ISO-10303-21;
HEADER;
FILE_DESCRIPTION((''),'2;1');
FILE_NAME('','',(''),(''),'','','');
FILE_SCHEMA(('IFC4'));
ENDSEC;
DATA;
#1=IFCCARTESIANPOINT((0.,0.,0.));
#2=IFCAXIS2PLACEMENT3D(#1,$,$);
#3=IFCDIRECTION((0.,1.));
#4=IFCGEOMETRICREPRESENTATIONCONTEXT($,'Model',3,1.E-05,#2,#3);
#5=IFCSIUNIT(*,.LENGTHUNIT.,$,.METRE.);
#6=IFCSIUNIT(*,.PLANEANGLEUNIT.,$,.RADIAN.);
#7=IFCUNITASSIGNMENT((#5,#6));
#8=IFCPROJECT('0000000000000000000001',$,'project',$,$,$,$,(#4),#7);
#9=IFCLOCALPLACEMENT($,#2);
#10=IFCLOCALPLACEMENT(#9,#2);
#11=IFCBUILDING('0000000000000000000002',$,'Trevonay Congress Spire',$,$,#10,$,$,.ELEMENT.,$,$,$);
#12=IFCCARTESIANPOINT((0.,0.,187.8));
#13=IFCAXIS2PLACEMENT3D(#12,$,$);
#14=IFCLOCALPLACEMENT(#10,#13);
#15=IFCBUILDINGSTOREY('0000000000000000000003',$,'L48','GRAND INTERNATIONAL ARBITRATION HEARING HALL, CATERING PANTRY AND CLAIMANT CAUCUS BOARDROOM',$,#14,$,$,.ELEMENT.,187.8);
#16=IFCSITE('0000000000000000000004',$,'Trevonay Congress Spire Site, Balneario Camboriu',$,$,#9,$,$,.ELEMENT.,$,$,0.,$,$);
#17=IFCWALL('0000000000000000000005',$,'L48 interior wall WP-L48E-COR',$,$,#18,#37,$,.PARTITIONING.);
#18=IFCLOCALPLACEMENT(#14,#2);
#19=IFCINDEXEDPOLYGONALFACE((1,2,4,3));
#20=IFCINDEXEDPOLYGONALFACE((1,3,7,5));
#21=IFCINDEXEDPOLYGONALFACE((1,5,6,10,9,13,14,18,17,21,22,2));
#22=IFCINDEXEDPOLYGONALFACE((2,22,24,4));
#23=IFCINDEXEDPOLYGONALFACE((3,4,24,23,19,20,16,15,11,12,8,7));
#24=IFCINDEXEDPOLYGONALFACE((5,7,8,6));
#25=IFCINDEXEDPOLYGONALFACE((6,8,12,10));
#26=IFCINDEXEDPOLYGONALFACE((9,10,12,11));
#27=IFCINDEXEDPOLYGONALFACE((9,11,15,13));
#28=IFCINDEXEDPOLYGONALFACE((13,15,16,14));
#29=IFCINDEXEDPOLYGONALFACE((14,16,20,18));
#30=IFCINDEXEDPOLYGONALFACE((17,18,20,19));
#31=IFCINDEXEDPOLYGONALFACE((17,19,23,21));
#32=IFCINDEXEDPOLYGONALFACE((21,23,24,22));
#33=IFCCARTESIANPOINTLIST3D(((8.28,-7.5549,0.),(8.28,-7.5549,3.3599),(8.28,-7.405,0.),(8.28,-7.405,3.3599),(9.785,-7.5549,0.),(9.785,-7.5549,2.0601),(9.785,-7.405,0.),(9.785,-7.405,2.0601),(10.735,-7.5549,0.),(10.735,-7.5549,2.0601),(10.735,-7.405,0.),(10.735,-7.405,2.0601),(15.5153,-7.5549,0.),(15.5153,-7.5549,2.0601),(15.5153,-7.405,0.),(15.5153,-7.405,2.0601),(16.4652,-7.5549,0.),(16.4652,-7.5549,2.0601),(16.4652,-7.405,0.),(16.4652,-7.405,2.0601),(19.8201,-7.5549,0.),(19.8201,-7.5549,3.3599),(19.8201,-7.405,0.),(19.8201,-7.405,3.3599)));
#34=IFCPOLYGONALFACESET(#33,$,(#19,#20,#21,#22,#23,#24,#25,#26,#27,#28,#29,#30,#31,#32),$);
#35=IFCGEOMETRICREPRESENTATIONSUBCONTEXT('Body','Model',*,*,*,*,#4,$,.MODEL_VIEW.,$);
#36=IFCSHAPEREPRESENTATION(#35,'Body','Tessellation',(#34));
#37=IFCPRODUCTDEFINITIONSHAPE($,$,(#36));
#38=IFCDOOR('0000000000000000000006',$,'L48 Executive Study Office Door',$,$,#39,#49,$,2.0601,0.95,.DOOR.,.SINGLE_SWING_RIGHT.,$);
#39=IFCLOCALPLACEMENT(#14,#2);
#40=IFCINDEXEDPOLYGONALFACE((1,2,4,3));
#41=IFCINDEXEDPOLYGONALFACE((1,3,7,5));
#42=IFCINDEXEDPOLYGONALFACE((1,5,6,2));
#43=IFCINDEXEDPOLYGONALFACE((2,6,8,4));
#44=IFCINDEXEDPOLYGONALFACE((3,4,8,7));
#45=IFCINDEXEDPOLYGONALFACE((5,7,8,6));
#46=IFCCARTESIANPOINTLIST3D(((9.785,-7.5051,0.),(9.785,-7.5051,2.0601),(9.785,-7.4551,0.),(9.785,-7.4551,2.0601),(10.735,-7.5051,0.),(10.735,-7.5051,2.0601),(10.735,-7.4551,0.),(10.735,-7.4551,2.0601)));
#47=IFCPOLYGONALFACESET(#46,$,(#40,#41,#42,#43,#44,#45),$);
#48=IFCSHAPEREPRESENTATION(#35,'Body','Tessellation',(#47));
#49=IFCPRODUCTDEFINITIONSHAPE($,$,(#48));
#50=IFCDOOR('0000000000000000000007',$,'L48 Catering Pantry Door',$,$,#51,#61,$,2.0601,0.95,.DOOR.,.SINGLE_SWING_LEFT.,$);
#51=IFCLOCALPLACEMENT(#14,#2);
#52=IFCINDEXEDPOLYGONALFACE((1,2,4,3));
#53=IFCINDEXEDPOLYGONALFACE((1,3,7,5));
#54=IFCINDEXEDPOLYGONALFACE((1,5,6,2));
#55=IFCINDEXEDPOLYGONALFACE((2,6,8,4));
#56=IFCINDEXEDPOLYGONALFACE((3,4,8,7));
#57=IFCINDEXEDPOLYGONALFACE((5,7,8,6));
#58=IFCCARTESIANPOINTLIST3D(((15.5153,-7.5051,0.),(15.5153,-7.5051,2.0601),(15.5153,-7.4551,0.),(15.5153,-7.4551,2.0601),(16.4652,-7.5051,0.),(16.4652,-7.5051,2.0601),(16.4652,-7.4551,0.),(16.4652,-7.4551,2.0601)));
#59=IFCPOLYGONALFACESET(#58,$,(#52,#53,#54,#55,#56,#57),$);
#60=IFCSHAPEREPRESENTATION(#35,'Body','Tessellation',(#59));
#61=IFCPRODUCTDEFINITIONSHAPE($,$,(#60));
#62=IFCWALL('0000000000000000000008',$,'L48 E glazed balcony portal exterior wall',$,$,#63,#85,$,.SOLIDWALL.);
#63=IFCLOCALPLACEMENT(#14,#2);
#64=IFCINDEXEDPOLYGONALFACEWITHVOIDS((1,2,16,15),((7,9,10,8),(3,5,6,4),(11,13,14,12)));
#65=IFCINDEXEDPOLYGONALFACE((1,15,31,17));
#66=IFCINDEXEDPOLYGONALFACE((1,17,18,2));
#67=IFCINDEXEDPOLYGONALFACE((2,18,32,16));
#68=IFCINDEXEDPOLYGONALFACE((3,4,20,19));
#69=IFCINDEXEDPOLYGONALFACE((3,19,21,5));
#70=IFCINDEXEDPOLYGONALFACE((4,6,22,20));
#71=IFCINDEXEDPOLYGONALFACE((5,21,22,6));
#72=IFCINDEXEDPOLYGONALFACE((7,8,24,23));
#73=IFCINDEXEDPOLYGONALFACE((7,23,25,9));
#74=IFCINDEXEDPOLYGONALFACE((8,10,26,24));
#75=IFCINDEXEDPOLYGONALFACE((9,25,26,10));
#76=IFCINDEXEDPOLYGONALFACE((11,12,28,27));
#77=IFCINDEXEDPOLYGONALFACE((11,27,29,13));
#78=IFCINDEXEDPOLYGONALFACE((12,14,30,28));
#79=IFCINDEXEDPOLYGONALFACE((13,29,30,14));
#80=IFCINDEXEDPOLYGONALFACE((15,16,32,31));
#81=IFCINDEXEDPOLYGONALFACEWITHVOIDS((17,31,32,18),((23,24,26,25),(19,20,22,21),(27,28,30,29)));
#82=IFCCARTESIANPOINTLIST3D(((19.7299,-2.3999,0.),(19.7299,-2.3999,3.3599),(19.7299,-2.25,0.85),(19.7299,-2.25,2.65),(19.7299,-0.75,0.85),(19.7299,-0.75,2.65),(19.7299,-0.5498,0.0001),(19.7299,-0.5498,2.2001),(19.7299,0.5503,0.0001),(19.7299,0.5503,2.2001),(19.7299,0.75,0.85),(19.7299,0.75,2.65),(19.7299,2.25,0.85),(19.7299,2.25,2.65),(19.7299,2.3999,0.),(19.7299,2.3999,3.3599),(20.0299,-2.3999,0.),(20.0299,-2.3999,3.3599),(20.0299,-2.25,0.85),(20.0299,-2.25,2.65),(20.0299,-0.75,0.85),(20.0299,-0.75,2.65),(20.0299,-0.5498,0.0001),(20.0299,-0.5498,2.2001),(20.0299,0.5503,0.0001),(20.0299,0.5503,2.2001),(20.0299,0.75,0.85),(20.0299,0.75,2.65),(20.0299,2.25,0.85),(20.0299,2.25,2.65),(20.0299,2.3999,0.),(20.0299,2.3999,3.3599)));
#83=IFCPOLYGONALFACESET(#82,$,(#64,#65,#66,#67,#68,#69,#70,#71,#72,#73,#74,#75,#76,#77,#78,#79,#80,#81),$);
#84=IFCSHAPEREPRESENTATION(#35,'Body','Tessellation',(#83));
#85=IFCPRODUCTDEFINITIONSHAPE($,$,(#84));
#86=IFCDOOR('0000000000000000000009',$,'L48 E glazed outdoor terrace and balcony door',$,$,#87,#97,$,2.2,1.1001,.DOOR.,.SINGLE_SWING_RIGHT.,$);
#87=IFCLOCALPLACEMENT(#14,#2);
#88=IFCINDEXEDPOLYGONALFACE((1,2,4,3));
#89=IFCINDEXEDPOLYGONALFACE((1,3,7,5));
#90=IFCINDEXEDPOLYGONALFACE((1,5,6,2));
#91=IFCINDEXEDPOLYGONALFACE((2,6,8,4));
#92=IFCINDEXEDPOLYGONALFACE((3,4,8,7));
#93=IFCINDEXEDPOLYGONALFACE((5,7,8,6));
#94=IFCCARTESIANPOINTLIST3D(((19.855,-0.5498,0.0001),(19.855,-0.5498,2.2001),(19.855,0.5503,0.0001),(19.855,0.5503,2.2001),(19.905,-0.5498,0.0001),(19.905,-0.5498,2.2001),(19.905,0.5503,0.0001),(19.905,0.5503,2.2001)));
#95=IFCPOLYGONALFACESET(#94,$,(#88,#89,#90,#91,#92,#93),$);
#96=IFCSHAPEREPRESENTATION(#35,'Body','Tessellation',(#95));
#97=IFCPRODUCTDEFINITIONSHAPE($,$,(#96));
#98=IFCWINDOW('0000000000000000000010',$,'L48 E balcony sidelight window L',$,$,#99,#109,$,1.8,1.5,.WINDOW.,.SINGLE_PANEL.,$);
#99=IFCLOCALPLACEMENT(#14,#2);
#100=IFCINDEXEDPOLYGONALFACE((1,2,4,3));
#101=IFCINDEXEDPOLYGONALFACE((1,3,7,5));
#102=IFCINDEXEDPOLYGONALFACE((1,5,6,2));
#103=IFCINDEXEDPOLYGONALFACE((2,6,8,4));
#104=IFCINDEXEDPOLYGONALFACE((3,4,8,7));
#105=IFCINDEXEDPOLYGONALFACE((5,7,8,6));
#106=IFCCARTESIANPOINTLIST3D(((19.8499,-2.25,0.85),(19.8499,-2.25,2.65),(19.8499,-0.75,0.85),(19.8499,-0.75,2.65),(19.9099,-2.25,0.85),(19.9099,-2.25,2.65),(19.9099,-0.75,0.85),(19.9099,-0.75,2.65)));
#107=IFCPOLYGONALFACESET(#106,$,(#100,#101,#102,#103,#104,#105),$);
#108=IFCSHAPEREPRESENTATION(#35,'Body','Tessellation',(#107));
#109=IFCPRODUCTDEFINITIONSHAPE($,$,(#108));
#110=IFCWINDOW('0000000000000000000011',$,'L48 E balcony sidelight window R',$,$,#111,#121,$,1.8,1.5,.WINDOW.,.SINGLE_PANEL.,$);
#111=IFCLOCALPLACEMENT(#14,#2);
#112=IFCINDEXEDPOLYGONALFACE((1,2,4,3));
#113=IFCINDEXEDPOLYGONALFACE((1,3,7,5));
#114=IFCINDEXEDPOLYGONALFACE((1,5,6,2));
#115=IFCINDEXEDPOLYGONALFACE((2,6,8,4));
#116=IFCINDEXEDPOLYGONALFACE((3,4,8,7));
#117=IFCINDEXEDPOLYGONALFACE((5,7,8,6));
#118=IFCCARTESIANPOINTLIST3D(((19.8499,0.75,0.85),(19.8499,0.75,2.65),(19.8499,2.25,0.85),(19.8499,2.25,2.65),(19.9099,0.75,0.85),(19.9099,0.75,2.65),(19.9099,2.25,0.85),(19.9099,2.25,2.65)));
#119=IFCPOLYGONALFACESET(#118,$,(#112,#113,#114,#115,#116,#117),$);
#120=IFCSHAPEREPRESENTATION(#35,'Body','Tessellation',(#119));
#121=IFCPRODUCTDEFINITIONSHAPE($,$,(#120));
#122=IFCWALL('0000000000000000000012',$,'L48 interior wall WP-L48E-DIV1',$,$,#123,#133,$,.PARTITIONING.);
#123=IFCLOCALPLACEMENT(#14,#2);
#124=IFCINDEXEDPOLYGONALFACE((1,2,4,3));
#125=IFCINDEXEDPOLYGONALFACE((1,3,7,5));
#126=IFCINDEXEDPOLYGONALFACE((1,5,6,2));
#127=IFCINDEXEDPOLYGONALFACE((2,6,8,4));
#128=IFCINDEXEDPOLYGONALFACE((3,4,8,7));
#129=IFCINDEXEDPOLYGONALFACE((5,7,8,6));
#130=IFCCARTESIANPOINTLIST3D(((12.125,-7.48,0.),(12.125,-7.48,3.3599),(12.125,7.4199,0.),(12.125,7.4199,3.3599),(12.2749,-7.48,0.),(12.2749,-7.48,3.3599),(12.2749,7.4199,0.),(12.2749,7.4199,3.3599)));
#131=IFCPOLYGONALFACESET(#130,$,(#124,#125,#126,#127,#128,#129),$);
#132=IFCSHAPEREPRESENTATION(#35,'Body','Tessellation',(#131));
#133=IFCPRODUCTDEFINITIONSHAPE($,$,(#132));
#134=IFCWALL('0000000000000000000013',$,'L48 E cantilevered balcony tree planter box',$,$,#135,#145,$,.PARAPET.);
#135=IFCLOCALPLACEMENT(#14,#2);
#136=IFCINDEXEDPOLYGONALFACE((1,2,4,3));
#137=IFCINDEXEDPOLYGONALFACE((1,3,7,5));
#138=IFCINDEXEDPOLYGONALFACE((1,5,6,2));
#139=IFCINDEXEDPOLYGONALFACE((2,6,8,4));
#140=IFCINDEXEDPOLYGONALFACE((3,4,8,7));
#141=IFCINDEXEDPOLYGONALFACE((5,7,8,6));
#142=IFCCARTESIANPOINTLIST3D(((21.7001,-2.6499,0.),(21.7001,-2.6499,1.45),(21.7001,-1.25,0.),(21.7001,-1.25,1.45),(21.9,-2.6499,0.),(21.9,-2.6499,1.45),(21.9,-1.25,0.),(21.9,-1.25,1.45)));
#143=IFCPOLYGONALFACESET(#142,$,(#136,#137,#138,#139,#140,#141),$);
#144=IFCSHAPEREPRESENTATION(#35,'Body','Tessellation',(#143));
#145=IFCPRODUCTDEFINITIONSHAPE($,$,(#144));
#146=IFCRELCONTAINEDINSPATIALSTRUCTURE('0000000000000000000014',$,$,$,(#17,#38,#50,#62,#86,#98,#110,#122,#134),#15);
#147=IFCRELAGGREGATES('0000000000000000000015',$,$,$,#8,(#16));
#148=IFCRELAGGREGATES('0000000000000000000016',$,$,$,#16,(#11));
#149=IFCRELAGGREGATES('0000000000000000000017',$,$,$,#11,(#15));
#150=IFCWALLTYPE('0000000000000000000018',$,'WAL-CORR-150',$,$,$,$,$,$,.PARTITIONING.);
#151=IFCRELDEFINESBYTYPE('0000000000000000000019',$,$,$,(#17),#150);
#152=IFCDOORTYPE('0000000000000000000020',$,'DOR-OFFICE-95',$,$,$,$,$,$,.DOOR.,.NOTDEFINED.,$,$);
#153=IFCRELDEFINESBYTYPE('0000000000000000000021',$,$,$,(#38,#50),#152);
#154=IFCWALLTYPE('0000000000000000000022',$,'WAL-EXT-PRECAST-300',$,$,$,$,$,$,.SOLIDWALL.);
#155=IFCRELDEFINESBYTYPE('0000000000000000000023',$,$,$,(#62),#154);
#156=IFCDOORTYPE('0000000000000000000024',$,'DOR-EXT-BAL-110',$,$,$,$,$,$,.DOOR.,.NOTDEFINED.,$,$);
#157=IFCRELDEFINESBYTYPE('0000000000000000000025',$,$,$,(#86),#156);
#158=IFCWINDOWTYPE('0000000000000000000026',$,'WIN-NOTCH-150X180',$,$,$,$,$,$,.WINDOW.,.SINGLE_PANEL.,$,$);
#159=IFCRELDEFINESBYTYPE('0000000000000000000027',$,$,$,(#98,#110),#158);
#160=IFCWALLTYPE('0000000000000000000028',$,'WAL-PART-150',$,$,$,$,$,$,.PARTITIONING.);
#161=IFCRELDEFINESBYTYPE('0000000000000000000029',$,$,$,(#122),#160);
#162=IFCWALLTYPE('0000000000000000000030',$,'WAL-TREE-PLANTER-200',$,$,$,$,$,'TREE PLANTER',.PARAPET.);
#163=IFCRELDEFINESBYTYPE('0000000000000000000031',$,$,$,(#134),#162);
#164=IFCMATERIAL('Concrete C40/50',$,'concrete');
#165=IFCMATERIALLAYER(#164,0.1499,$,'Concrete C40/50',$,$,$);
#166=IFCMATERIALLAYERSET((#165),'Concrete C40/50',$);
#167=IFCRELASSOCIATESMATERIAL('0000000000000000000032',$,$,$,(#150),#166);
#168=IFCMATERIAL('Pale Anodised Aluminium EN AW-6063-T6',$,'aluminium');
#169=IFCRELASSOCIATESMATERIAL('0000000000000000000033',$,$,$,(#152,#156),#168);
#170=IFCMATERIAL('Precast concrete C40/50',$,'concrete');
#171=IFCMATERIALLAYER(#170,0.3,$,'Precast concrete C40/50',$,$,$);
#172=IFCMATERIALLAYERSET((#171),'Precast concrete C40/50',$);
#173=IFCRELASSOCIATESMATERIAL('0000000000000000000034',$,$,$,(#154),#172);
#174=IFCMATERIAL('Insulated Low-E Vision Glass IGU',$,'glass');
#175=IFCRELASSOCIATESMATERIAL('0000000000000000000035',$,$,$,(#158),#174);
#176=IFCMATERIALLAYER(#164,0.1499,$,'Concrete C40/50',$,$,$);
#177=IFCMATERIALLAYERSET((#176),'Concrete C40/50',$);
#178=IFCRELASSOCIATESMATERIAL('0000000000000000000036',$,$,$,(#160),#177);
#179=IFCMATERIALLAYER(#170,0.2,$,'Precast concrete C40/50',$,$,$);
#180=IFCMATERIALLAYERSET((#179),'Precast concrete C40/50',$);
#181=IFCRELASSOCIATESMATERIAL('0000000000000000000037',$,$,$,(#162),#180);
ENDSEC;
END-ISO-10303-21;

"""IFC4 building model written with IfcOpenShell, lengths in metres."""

from ifc_helpers import new_model, si_unit, direction, frame, frame_2d, origin, place, context, subcontext, project, spatial, rectangle, extrude, material, layer, layer_set, type_object, element, fill, save


model = new_model("IFC4")

# Units and contexts
model_context = context("Model", 3, precision=1e-05, world=origin(), true_north=direction((0.0, 1.0)))
body_context = subcontext(model_context, "Body", "Model", "MODEL_VIEW")
ifc_project = project(units=[si_unit("LENGTHUNIT", "METRE"), si_unit("PLANEANGLEUNIT", "RADIAN")], contexts=[model_context])

# Site, building, storey
site_placement = place(None, origin())
site = spatial("IfcSite", under=ifc_project, at=site_placement, Name="Trevonay Congress Spire Site, Balneario Camboriu", CompositionType="ELEMENT", RefElevation=0.0)
building_placement = place(site_placement, origin())
building = spatial("IfcBuilding", under=site, at=building_placement, Name="Trevonay Congress Spire", CompositionType="ELEMENT")
storey_placement = place(building_placement, frame((0.0, 0.0, 187.8)))
storey = spatial("IfcBuildingStorey", under=building, at=storey_placement, Name="L48", Description="GRAND INTERNATIONAL ARBITRATION HEARING HALL, CATERING PANTRY AND CLAIMANT CAUCUS BOARDROOM", CompositionType="ELEMENT", Elevation=187.8)

# Shared definitions
ifc_material_1 = material(Name="Pale Anodised Aluminium EN AW-6063-T6", Category="aluminium")
ifc_material_2 = material(Name="Insulated Low-E Vision Glass IGU", Category="glass")

# Wall, openings, doors
ifc_material_3 = material(Name="Concrete C40/50", Category="concrete")
ifc_layer_1 = layer(ifc_material_3, 0.1499, Name="Concrete C40/50")
ifc_layer_set_1 = layer_set([ifc_layer_1], Name="Concrete C40/50")
wall_type_1 = type_object("IfcWallType", Name="WAL-CORR-150", PredefinedType="PARTITIONING", material=ifc_layer_set_1)
wall_1_placement = place(storey_placement, frame((8.28, -7.48, 0.0), z_axis=(0.0, 0.0, 1.0), x_axis=(1.0, 0.0, 0.0)))
wall_1 = element("IfcWall", 1, at=wall_1_placement, inside=storey, type_object=wall_type_1, Name="L48 interior wall WP-L48E-COR", PredefinedType="PARTITIONING", context=body_context, shape_type="SweptSolid", body=[
    extrude(rectangle(XDim=11.54, YDim=0.1499, at=frame_2d((5.77, 0.0))), origin(), (0.0, 0.0, 1.0), 3.3599),
])
opening_1_placement = place(wall_1_placement, frame((1.5049, 0.0, 0.0)))
opening_1 = element("IfcOpeningElement", 2, at=opening_1_placement, cuts=wall_1, PredefinedType="OPENING", context=body_context, shape_type="SweptSolid", body=[
    extrude(rectangle(XDim=0.95, YDim=2.0601, at=frame_2d((0.4751, 1.03))), frame((0.0, 0.085, 0.0), z_axis=(0.0, -1.0, 0.0), x_axis=(1.0, 0.0, 0.0)), (0.0, 0.0, 1.0), 0.1699),
])
opening_2_placement = place(wall_1_placement, frame((7.2351, 0.0, 0.0)))
opening_2 = element("IfcOpeningElement", 3, at=opening_2_placement, cuts=wall_1, PredefinedType="OPENING", context=body_context, shape_type="SweptSolid", body=[
    extrude(rectangle(XDim=0.95, YDim=2.0601, at=frame_2d((0.4751, 1.03))), frame((0.0, 0.085, 0.0), z_axis=(0.0, -1.0, 0.0), x_axis=(1.0, 0.0, 0.0)), (0.0, 0.0, 1.0), 0.1699),
])
door_type_1 = type_object("IfcDoorType", Name="DOR-OFFICE-95", OperationType="NOTDEFINED", PredefinedType="DOOR", material=ifc_material_1)
door_1_placement = place(opening_1_placement, origin())
door_1 = element("IfcDoor", 4, at=door_1_placement, inside=storey, type_object=door_type_1, Name="L48 Executive Study Office Door", OperationType="SINGLE_SWING_RIGHT", OverallHeight=2.0601, OverallWidth=0.95, PredefinedType="DOOR", context=body_context, shape_type="SweptSolid", body=[
    extrude(rectangle(XDim=0.95, YDim=2.0601, at=frame_2d((0.4751, 1.03))), frame((0.0, 0.0249, 0.0), z_axis=(0.0, -1.0, 0.0), x_axis=(1.0, 0.0, 0.0)), (0.0, 0.0, 1.0), 0.05),
])
fill(opening_1, door_1)
door_2_placement = place(opening_2_placement, origin())
door_2 = element("IfcDoor", 5, at=door_2_placement, inside=storey, type_object=door_type_1, Name="L48 Catering Pantry Door", OperationType="SINGLE_SWING_LEFT", OverallHeight=2.0601, OverallWidth=0.95, PredefinedType="DOOR", context=body_context, shape_type="SweptSolid", body=[
    extrude(rectangle(XDim=0.95, YDim=2.0601, at=frame_2d((0.4751, 1.03))), frame((0.0, 0.0249, 0.0), z_axis=(0.0, -1.0, 0.0), x_axis=(1.0, 0.0, 0.0)), (0.0, 0.0, 1.0), 0.05),
])
fill(opening_2, door_2)

# Wall, openings, door, windows
ifc_material_4 = material(Name="Precast concrete C40/50", Category="concrete")
ifc_layer_2 = layer(ifc_material_4, 0.3, Name="Precast concrete C40/50")
ifc_layer_set_2 = layer_set([ifc_layer_2], Name="Precast concrete C40/50")
wall_type_2 = type_object("IfcWallType", Name="WAL-EXT-PRECAST-300", PredefinedType="SOLIDWALL", material=ifc_layer_set_2)
wall_2_placement = place(storey_placement, frame((19.8799, -2.3999, 0.0), z_axis=(0.0, 0.0, 1.0), x_axis=(0.0, 1.0, 0.0)))
wall_2 = element("IfcWall", 6, at=wall_2_placement, inside=storey, type_object=wall_type_2, Name="L48 E glazed balcony portal exterior wall", PredefinedType="SOLIDWALL", context=body_context, shape_type="SweptSolid", body=[
    extrude(rectangle(XDim=4.7998, YDim=0.3, at=frame_2d((2.3999, 0.0))), origin(), (0.0, 0.0, 1.0), 3.3599),
])
opening_3_placement = place(wall_2_placement, frame((1.8501, 0.0, 0.0)))
opening_3 = element("IfcOpeningElement", 7, at=opening_3_placement, cuts=wall_2, PredefinedType="OPENING", context=body_context, shape_type="SweptSolid", body=[
    extrude(rectangle(XDim=1.1001, YDim=2.2, at=frame_2d((0.55, 1.1001))), frame((0.0, 0.1602, 0.0), z_axis=(0.0, -1.0, 0.0), x_axis=(1.0, 0.0, 0.0)), (0.0, 0.0, 1.0), 0.3201),
])
opening_4_placement = place(wall_2_placement, frame((0.1499, 0.0, 0.8501)))
opening_4 = element("IfcOpeningElement", 8, at=opening_4_placement, cuts=wall_2, PredefinedType="OPENING", context=body_context, shape_type="SweptSolid", body=[
    extrude(rectangle(XDim=1.5, YDim=1.8, at=frame_2d((0.75, 0.8999))), frame((0.0, 0.1602, 0.0), z_axis=(0.0, -1.0, 0.0), x_axis=(1.0, 0.0, 0.0)), (0.0, 0.0, 1.0), 0.3201),
])
opening_5_placement = place(wall_2_placement, frame((3.1499, 0.0, 0.8501)))
opening_5 = element("IfcOpeningElement", 9, at=opening_5_placement, cuts=wall_2, PredefinedType="OPENING", context=body_context, shape_type="SweptSolid", body=[
    extrude(rectangle(XDim=1.5, YDim=1.8, at=frame_2d((0.75, 0.8999))), frame((0.0, 0.1602, 0.0), z_axis=(0.0, -1.0, 0.0), x_axis=(1.0, 0.0, 0.0)), (0.0, 0.0, 1.0), 0.3201),
])
door_type_2 = type_object("IfcDoorType", Name="DOR-EXT-BAL-110", OperationType="NOTDEFINED", PredefinedType="DOOR", material=ifc_material_1)
door_3_placement = place(opening_3_placement, origin())
door_3 = element("IfcDoor", 10, at=door_3_placement, inside=storey, type_object=door_type_2, Name="L48 E glazed outdoor terrace and balcony door", OperationType="SINGLE_SWING_RIGHT", OverallHeight=2.2, OverallWidth=1.1001, PredefinedType="DOOR", context=body_context, shape_type="SweptSolid", body=[
    extrude(rectangle(XDim=1.1001, YDim=2.2, at=frame_2d((0.55, 1.1001))), frame((0.0, 0.0249, 0.0), z_axis=(0.0, -1.0, 0.0), x_axis=(1.0, 0.0, 0.0)), (0.0, 0.0, 1.0), 0.05),
])
fill(opening_3, door_3)
window_type = type_object("IfcWindowType", Name="WIN-NOTCH-150X180", PartitioningType="SINGLE_PANEL", PredefinedType="WINDOW", material=ifc_material_2)
window_1_placement = place(opening_4_placement, origin())
window_1 = element("IfcWindow", 11, at=window_1_placement, inside=storey, type_object=window_type, Name="L48 E balcony sidelight window L", OverallHeight=1.8, OverallWidth=1.5, PartitioningType="SINGLE_PANEL", PredefinedType="WINDOW", context=body_context, shape_type="SweptSolid", body=[
    extrude(rectangle(XDim=1.5, YDim=1.8, at=frame_2d((0.75, 0.8999))), frame((0.0, 0.03, 0.0), z_axis=(0.0, -1.0, 0.0), x_axis=(1.0, 0.0, 0.0)), (0.0, 0.0, 1.0), 0.0601),
])
fill(opening_4, window_1)
window_2_placement = place(opening_5_placement, origin())
window_2 = element("IfcWindow", 12, at=window_2_placement, inside=storey, type_object=window_type, Name="L48 E balcony sidelight window R", OverallHeight=1.8, OverallWidth=1.5, PartitioningType="SINGLE_PANEL", PredefinedType="WINDOW", context=body_context, shape_type="SweptSolid", body=[
    extrude(rectangle(XDim=1.5, YDim=1.8, at=frame_2d((0.75, 0.8999))), frame((0.0, 0.03, 0.0), z_axis=(0.0, -1.0, 0.0), x_axis=(1.0, 0.0, 0.0)), (0.0, 0.0, 1.0), 0.0601),
])
fill(opening_5, window_2)

# Walls
ifc_layer_3 = layer(ifc_material_3, 0.1499, Name="Concrete C40/50")
ifc_layer_set_3 = layer_set([ifc_layer_3], Name="Concrete C40/50")
wall_type_3 = type_object("IfcWallType", Name="WAL-PART-150", PredefinedType="PARTITIONING", material=ifc_layer_set_3)
wall_3_placement = place(storey_placement, frame((12.2, -7.48, 0.0), z_axis=(0.0, 0.0, 1.0), x_axis=(0.0, 1.0, 0.0)))
element("IfcWall", 13, at=wall_3_placement, inside=storey, type_object=wall_type_3, Name="L48 interior wall WP-L48E-DIV1", PredefinedType="PARTITIONING", context=body_context, shape_type="SweptSolid", body=[
    extrude(rectangle(XDim=14.8999, YDim=0.1499, at=frame_2d((7.45, 0.0))), origin(), (0.0, 0.0, 1.0), 3.3599),
])
ifc_layer_4 = layer(ifc_material_4, 0.2, Name="Precast concrete C40/50")
ifc_layer_set_4 = layer_set([ifc_layer_4], Name="Precast concrete C40/50")
wall_type_4 = type_object("IfcWallType", Name="WAL-TREE-PLANTER-200", ElementType="TREE PLANTER", PredefinedType="PARAPET", material=ifc_layer_set_4)
wall_4_placement = place(storey_placement, frame((21.8, -2.6499, 0.0), z_axis=(0.0, 0.0, 1.0), x_axis=(0.0, 1.0, 0.0)))
element("IfcWall", 14, at=wall_4_placement, inside=storey, type_object=wall_type_4, Name="L48 E cantilevered balcony tree planter box", PredefinedType="PARAPET", context=body_context, shape_type="SweptSolid", body=[
    extrude(rectangle(XDim=1.3999, YDim=0.2, at=frame_2d((0.7, 0.0))), origin(), (0.0, 0.0, 1.0), 1.45),
])

save(model, "model.ifc")
